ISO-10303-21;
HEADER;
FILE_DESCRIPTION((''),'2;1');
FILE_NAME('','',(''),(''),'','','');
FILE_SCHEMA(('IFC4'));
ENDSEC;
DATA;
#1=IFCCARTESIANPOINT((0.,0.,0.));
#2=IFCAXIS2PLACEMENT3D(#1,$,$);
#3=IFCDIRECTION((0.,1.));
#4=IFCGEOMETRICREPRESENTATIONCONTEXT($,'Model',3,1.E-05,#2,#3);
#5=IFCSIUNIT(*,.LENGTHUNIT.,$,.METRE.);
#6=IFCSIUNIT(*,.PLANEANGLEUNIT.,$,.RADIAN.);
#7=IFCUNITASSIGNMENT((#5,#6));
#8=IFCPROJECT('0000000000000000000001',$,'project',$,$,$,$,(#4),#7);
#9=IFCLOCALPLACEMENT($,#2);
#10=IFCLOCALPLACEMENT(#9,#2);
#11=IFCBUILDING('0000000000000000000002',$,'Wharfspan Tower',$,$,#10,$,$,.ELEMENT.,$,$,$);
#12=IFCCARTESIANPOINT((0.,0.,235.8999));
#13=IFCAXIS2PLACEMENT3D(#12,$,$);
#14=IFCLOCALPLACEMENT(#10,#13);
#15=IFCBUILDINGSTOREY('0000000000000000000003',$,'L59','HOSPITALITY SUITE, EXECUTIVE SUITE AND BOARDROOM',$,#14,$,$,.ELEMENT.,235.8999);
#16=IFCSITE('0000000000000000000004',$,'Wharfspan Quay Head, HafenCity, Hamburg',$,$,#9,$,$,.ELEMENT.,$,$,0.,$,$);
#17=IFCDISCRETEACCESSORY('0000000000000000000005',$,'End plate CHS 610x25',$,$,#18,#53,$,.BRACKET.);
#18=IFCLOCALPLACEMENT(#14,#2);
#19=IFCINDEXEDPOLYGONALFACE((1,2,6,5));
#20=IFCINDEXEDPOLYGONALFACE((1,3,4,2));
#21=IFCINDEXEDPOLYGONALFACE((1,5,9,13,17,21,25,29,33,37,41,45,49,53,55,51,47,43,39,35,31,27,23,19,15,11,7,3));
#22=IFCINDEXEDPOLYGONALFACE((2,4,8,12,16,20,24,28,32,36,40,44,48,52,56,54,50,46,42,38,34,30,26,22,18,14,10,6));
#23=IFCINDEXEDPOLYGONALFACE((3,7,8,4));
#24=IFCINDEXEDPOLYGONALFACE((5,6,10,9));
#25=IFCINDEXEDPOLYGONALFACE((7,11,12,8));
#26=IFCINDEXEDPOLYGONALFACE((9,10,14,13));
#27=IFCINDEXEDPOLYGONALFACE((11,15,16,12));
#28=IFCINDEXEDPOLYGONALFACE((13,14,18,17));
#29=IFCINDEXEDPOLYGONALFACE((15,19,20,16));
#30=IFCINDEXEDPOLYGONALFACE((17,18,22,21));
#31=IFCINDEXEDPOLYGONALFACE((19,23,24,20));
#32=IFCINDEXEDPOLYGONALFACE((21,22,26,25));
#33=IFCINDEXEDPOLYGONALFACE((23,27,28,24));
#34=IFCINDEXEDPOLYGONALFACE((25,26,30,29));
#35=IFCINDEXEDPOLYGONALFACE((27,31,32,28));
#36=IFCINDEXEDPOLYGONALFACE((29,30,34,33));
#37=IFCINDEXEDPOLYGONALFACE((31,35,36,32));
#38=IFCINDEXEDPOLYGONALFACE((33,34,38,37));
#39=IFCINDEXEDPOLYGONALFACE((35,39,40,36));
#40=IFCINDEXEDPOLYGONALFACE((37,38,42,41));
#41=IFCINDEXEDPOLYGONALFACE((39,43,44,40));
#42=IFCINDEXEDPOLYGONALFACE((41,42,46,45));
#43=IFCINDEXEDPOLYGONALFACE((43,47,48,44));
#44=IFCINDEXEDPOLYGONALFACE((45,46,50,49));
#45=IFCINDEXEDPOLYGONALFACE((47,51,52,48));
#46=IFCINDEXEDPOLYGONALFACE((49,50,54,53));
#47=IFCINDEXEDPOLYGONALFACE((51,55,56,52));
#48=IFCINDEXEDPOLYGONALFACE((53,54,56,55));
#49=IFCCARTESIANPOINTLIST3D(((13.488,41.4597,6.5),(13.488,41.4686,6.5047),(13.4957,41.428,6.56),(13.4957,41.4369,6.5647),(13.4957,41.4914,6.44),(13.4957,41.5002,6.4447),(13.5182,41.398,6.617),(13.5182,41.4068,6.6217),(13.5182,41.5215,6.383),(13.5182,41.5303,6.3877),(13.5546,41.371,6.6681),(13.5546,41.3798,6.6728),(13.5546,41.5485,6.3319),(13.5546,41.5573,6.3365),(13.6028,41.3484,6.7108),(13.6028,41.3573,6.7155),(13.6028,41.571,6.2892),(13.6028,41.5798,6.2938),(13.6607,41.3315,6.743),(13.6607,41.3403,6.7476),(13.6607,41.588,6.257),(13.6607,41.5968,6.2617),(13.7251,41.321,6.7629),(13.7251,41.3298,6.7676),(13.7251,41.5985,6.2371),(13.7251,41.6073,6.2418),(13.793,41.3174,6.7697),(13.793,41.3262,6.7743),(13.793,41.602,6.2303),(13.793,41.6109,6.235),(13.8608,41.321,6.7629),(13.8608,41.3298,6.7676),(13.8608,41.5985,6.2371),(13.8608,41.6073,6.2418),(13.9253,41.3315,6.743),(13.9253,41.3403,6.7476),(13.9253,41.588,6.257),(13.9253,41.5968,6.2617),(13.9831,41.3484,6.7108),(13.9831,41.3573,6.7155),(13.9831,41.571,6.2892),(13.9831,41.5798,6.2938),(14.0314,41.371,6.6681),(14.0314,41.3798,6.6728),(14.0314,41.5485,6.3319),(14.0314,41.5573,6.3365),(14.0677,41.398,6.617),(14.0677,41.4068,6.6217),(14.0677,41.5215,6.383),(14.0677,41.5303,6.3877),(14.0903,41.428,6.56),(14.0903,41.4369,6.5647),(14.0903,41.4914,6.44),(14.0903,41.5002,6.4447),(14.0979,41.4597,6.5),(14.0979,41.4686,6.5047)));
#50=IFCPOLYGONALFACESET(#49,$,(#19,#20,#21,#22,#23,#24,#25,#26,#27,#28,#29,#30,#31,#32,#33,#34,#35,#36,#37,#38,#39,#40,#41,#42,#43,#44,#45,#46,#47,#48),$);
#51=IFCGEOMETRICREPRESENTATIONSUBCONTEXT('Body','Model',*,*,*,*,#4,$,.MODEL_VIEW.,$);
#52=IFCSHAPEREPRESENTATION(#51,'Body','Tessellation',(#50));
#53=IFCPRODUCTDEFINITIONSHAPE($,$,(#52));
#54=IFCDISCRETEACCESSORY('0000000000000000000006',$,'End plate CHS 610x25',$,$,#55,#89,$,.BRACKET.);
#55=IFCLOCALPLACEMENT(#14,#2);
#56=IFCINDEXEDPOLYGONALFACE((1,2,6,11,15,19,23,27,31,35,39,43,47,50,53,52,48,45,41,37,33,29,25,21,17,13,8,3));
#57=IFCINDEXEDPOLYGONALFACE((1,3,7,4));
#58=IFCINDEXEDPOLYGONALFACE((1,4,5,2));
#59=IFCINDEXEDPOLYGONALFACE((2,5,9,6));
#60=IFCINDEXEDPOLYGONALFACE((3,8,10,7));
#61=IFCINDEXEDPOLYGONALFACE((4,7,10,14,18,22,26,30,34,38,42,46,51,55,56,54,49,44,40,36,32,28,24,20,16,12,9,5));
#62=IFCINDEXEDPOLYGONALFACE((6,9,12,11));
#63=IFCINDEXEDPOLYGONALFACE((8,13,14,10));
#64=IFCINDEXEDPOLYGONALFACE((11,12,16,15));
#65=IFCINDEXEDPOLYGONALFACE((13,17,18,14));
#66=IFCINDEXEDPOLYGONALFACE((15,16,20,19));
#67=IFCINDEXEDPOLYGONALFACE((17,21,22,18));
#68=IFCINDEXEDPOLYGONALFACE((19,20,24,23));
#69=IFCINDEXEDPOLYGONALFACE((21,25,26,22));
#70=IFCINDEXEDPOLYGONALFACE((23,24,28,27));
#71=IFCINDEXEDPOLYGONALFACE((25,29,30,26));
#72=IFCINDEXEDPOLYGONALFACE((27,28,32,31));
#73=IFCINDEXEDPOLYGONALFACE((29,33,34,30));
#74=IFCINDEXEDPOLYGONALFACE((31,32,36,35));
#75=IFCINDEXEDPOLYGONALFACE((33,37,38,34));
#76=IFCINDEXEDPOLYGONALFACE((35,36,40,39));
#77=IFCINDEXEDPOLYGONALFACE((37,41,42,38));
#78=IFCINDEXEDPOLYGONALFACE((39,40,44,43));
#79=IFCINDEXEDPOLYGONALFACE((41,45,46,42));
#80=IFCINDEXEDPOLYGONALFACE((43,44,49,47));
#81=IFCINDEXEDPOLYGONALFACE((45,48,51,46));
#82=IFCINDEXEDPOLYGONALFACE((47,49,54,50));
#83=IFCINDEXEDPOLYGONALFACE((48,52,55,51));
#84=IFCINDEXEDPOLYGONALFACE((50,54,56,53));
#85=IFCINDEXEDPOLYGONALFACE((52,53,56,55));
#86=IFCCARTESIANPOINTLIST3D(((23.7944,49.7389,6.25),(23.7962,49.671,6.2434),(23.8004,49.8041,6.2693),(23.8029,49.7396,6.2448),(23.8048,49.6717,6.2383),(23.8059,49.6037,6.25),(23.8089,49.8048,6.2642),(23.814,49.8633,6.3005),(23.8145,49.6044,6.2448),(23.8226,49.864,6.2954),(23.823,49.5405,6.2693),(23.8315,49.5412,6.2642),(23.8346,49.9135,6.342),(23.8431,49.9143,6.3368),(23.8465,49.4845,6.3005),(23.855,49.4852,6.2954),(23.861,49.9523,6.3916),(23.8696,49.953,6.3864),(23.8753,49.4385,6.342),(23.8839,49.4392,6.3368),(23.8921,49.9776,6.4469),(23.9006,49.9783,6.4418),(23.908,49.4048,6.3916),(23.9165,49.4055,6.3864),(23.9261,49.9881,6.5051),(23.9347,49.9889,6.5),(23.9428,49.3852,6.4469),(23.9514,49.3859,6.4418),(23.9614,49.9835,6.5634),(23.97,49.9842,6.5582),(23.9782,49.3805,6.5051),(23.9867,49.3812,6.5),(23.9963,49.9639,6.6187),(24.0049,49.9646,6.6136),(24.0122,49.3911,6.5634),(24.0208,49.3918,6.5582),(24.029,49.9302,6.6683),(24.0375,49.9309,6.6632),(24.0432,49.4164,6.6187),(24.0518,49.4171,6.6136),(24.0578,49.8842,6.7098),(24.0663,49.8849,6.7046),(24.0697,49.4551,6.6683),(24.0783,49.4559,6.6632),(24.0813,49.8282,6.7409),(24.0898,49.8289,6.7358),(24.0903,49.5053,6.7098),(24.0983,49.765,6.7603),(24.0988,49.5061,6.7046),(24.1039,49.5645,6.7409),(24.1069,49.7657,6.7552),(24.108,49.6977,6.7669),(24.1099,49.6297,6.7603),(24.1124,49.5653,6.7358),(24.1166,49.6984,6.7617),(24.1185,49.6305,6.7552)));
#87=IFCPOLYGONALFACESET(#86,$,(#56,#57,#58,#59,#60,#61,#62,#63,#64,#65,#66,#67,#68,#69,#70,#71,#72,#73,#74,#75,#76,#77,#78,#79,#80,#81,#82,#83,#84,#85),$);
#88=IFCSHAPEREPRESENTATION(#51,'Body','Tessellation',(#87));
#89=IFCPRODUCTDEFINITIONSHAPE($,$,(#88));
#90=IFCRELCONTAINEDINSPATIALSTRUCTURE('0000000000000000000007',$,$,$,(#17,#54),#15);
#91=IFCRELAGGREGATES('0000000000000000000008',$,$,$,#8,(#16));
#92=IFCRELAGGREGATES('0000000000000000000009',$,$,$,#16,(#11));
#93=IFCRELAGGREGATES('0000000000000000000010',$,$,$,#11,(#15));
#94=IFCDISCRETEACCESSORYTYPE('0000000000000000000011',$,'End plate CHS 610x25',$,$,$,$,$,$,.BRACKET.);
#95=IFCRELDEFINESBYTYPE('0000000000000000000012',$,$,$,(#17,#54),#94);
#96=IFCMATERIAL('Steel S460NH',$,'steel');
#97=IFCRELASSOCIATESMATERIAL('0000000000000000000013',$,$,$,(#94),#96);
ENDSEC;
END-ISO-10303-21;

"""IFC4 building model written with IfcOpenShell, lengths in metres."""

from ifc_helpers import new_model, si_unit, direction, frame, origin, origin_2d, place, context, subcontext, project, spatial, circle, extrude, material, material_profile, profile_set, type_object, element, save


model = new_model("IFC4")

# Units and contexts
model_context = context("Model", 3, precision=1e-05, world=origin(), true_north=direction((0.0, 1.0)))
body_context = subcontext(model_context, "Body", "Model", "MODEL_VIEW")
ifc_project = project(units=[si_unit("LENGTHUNIT", "METRE"), si_unit("PLANEANGLEUNIT", "RADIAN")], contexts=[model_context])

# Site, building, storey
site_placement = place(None, origin())
site = spatial("IfcSite", under=ifc_project, at=site_placement, Name="Wharfspan Quay Head, HafenCity, Hamburg", CompositionType="ELEMENT", RefElevation=0.0)
building_placement = place(site_placement, origin())
building = spatial("IfcBuilding", under=site, at=building_placement, Name="Wharfspan Tower", CompositionType="ELEMENT")
storey_placement = place(building_placement, frame((0.0, 0.0, 235.8999)))
storey = spatial("IfcBuildingStorey", under=building, at=storey_placement, Name="L59", Description="HOSPITALITY SUITE, EXECUTIVE SUITE AND BOARDROOM", CompositionType="ELEMENT", Elevation=235.8999)

# Discrete accessories
ifc_material_1 = material(Name="Steel S460NH", Category="steel")
ifc_material_profile_1 = material_profile(ifc_material_1, circle(Radius=0.3049, at=origin_2d()))
ifc_profile_set_1 = profile_set([ifc_material_profile_1], Name="Steel S460NH")
discrete_accessory_type = type_object("IfcDiscreteAccessoryType", Name="End plate CHS 610x25", PredefinedType="BRACKET", material=ifc_profile_set_1)
for number, where, z_axis, x_axis, name in (
    (1, (13.793, 41.4597, 6.5), (0.0, 0.884385, 0.466759), (-1.0, 0.0, 0.0), "End plate CHS 610x25"),
    (2, (23.9607, 49.6851, 6.5), (-0.855186, -0.073302, 0.513112), (0.085402, -0.996345, 0.000001), "End plate CHS 610x25"),
):
    element("IfcDiscreteAccessory", number, at=place(storey_placement, frame(where, z_axis=z_axis, x_axis=x_axis)), inside=storey, type_object=discrete_accessory_type, Name=name, PredefinedType="BRACKET", context=body_context, shape_type="SweptSolid", body=[
        extrude(circle(Radius=0.3049, at=origin_2d()), origin(), (0.0, 0.0, 1.0), 0.01),
    ])

save(model, "model.ifc")
